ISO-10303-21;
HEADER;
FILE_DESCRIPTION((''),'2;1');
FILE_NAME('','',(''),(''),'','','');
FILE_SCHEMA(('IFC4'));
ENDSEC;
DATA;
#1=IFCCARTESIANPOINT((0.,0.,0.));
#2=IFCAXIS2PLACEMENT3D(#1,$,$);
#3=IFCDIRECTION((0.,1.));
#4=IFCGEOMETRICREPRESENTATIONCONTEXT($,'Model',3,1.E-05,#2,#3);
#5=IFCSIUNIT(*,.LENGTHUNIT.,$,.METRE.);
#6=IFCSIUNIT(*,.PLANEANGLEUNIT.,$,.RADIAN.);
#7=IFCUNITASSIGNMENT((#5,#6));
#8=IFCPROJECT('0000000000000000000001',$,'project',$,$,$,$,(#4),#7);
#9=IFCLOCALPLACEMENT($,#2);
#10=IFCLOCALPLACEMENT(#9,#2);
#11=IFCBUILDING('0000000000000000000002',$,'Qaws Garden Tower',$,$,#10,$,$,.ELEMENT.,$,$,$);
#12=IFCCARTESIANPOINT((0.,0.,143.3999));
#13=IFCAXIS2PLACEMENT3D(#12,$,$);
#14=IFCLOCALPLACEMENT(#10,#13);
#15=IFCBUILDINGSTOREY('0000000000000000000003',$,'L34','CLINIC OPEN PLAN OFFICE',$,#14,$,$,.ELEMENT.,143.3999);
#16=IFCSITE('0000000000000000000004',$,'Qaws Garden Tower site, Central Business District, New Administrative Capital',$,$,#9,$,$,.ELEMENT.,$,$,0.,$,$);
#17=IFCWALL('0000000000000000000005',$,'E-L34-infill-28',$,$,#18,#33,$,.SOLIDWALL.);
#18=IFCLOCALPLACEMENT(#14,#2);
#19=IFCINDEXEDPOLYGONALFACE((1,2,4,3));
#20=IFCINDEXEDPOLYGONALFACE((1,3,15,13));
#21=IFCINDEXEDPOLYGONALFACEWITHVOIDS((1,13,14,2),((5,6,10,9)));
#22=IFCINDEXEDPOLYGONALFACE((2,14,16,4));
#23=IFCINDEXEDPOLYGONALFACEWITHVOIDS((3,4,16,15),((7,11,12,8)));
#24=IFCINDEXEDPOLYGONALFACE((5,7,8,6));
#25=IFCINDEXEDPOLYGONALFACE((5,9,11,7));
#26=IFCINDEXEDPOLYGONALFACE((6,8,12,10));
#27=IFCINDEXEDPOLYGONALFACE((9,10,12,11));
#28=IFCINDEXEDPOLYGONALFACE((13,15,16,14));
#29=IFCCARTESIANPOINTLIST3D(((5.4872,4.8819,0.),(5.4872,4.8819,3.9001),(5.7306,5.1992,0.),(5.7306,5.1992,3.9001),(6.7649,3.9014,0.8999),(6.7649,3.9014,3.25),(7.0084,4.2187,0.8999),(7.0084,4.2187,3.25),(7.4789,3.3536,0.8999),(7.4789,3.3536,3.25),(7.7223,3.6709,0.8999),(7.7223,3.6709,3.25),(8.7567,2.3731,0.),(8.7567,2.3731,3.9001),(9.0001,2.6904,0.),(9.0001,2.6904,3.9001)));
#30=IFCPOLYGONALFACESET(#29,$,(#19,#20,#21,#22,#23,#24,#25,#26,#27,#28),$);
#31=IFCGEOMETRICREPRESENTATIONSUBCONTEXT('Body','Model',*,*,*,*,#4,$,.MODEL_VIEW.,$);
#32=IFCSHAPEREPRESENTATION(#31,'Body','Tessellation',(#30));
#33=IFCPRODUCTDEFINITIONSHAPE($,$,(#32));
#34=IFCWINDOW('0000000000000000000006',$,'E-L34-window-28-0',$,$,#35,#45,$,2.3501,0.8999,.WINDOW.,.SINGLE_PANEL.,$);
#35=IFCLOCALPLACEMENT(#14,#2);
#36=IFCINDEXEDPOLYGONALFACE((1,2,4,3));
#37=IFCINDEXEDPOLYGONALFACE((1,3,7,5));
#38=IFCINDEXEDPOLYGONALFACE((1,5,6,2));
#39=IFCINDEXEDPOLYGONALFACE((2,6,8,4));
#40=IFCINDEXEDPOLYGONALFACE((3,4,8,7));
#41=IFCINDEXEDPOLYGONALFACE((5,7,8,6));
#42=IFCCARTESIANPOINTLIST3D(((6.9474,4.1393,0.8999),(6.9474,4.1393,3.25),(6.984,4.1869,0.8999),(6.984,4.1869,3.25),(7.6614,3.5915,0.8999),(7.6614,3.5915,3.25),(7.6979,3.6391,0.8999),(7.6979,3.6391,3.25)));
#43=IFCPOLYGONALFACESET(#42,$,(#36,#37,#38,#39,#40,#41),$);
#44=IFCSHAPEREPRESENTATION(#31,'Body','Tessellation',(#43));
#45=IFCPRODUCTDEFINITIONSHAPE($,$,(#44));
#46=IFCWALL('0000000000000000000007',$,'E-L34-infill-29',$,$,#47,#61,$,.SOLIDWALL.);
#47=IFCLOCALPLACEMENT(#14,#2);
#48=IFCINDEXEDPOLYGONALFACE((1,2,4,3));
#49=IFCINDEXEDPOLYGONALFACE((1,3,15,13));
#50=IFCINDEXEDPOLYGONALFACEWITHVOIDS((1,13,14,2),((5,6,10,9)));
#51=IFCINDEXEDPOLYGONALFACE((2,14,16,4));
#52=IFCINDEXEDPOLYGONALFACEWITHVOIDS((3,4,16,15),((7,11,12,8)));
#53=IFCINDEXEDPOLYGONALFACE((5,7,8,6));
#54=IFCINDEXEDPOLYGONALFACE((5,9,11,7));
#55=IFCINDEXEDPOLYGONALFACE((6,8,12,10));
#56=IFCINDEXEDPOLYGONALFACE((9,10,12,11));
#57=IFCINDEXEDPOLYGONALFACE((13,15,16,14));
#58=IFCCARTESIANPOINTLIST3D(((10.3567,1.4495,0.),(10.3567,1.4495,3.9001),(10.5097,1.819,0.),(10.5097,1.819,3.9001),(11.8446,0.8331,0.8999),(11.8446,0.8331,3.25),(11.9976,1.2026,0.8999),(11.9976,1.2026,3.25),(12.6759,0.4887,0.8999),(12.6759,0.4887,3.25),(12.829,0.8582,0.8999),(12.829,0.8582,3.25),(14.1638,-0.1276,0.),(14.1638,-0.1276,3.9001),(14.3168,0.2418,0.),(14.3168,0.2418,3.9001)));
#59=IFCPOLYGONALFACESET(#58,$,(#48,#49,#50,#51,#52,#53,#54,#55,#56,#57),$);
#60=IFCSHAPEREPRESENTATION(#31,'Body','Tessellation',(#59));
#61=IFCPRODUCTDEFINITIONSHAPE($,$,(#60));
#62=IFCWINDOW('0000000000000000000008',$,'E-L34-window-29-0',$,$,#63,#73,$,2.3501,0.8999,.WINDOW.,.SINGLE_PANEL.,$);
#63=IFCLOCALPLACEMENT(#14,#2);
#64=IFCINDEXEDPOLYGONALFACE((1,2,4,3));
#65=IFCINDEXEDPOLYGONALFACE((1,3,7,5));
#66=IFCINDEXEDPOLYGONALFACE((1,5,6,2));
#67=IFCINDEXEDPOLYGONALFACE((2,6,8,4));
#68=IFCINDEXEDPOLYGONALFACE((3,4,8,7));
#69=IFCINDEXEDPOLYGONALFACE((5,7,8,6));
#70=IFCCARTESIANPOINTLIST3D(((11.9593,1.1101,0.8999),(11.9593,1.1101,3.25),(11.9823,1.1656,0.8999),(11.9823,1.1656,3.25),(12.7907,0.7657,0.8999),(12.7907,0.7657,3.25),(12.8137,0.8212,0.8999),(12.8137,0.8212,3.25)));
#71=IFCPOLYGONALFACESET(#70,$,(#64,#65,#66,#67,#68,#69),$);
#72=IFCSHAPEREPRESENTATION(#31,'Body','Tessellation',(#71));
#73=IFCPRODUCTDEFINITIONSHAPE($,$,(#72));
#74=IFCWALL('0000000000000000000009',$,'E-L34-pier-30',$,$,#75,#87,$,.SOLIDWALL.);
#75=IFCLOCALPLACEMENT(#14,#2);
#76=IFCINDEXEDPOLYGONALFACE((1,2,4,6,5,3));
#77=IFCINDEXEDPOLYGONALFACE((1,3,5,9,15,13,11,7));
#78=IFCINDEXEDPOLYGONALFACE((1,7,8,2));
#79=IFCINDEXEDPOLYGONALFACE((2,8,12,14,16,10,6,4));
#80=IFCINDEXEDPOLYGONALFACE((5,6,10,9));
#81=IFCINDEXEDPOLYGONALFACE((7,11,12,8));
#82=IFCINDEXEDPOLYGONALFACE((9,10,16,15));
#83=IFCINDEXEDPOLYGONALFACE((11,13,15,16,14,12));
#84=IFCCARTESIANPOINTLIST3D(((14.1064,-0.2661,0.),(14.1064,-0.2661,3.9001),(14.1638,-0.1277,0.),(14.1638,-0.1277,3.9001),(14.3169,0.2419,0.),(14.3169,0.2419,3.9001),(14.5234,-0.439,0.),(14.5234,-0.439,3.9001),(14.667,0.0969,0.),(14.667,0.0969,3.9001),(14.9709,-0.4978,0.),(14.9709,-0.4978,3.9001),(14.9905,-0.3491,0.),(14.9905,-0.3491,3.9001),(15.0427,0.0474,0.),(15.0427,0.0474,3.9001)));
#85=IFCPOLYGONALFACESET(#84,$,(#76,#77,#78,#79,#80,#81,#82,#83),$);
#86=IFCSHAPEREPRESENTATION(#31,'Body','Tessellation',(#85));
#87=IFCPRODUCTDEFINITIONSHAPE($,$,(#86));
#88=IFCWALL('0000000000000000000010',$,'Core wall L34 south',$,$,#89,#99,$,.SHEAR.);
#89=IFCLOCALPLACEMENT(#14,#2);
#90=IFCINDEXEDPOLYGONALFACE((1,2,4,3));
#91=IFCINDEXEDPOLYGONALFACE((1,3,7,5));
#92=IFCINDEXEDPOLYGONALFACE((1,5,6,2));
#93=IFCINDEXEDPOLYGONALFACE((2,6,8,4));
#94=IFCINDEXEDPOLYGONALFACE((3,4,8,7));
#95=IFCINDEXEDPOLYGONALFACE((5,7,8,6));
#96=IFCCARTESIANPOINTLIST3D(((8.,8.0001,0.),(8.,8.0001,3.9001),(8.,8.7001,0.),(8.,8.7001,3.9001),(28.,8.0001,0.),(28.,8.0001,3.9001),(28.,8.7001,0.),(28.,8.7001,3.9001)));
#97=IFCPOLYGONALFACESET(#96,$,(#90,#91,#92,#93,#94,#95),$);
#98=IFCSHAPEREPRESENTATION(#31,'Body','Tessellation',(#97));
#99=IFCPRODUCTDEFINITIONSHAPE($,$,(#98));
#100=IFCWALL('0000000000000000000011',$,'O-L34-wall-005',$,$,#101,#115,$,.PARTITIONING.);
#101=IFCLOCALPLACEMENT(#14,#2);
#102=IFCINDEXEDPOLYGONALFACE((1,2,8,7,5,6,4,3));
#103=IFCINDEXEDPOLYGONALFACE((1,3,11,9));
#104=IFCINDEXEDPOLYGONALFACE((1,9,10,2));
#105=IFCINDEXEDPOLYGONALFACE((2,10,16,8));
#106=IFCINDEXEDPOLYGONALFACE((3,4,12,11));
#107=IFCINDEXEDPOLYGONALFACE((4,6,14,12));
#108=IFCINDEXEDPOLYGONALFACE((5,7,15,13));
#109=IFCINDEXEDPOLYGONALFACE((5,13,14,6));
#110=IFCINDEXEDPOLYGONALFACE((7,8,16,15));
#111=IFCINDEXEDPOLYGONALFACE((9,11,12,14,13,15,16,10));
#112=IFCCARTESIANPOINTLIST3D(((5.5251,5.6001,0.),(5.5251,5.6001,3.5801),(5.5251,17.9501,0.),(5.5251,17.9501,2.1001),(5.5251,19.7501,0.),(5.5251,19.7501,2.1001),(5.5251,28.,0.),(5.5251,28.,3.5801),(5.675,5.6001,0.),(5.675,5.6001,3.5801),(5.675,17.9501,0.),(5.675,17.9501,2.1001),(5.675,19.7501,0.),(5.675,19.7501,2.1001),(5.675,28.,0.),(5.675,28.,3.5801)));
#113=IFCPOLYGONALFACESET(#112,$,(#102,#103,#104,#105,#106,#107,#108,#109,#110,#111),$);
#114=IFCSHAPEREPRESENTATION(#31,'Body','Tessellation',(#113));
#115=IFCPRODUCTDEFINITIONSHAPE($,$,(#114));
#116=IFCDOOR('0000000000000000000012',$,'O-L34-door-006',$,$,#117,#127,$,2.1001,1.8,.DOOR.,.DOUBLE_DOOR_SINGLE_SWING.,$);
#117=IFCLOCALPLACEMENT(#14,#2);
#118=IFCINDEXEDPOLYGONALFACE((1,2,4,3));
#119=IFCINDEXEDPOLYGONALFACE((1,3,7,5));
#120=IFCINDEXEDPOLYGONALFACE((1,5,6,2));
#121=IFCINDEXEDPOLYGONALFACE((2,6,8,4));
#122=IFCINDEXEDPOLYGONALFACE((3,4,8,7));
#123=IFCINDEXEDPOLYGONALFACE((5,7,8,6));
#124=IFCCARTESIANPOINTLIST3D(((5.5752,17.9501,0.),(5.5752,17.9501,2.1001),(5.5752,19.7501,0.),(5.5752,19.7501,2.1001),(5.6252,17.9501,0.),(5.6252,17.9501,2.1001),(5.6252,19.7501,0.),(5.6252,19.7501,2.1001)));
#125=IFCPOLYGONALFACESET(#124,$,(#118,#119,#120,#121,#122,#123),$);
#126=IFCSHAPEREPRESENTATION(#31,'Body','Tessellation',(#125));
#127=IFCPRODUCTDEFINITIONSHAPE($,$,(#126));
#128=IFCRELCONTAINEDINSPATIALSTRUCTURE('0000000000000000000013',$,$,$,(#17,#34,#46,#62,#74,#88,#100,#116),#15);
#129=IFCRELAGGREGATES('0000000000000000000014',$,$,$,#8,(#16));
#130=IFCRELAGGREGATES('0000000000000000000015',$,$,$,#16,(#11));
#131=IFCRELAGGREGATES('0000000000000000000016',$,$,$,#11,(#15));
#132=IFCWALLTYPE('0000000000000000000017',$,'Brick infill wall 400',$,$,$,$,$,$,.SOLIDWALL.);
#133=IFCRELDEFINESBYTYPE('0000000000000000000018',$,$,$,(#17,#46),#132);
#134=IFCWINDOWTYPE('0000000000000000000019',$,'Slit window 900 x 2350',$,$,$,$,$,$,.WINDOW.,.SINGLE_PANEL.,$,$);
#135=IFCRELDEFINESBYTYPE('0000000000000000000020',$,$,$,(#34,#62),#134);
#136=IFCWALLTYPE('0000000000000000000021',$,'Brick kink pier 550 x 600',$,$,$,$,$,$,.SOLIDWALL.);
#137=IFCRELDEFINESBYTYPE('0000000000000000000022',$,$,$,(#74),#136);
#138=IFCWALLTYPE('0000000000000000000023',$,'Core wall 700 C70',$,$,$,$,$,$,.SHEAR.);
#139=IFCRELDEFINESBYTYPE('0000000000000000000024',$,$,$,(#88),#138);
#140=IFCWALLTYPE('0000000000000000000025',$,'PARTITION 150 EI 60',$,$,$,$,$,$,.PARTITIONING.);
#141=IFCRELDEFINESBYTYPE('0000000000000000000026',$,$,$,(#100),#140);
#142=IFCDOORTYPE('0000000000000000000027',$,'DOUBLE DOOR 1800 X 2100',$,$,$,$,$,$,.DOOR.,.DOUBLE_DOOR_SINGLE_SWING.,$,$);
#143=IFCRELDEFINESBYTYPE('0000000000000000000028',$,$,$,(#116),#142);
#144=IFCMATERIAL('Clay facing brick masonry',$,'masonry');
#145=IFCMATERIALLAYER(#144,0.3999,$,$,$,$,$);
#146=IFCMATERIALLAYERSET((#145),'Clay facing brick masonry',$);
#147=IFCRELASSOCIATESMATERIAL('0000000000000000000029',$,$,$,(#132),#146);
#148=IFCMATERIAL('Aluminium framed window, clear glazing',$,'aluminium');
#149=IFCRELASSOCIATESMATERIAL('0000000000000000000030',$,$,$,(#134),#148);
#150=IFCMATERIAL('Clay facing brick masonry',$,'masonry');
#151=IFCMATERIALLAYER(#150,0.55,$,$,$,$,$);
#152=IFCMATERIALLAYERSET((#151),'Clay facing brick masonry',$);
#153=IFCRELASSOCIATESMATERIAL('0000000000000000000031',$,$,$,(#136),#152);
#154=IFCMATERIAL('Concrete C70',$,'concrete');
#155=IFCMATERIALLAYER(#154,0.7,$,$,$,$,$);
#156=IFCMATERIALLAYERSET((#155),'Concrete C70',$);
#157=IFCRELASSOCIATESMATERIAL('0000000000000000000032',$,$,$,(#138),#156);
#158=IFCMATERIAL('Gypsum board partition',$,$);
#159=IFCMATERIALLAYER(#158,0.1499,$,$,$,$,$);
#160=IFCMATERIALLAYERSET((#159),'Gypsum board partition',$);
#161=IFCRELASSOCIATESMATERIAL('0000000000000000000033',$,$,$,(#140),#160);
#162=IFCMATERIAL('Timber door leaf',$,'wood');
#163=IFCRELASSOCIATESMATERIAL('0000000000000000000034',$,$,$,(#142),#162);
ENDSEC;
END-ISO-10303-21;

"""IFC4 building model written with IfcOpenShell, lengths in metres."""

from ifc_helpers import new_model, si_unit, direction, frame, frame_2d, origin, place, context, subcontext, project, spatial, polyline, rectangle, outline, extrude, material, layer, layer_set, type_object, element, fill, save


model = new_model("IFC4")

# Units and contexts
model_context = context("Model", 3, precision=1e-05, world=origin(), true_north=direction((0.0, 1.0)))
body_context = subcontext(model_context, "Body", "Model", "MODEL_VIEW")
ifc_project = project(units=[si_unit("LENGTHUNIT", "METRE"), si_unit("PLANEANGLEUNIT", "RADIAN")], contexts=[model_context])

# Site, building, storey
site_placement = place(None, origin())
site = spatial("IfcSite", under=ifc_project, at=site_placement, Name="Qaws Garden Tower site, Central Business District, New Administrative Capital", CompositionType="ELEMENT", RefElevation=0.0)
building_placement = place(site_placement, origin())
building = spatial("IfcBuilding", under=site, at=building_placement, Name="Qaws Garden Tower", CompositionType="ELEMENT")
storey_placement = place(building_placement, frame((0.0, 0.0, 143.3999)))
storey = spatial("IfcBuildingStorey", under=building, at=storey_placement, Name="L34", Description="CLINIC OPEN PLAN OFFICE", CompositionType="ELEMENT", Elevation=143.3999)

# Shared definitions
placement_1 = place(storey_placement, origin())

# Walls, openings, windows
ifc_material_1 = material(Name="Clay facing brick masonry", Category="masonry")
ifc_layer_1 = layer(ifc_material_1, 0.3999)
ifc_layer_set_1 = layer_set([ifc_layer_1], Name="Clay facing brick masonry")
wall_type_1 = type_object("IfcWallType", Name="Brick infill wall 400", PredefinedType="SOLIDWALL", material=ifc_layer_set_1)
ifc_material_2 = material(Name="Aluminium framed window, clear glazing", Category="aluminium")
window_type = type_object("IfcWindowType", Name="Slit window 900 x 2350", PartitioningType="SINGLE_PANEL", PredefinedType="WINDOW", material=ifc_material_2)
wall_1_placement = place(storey_placement, frame((5.6089, 5.0405, 0.0), z_axis=(0.0, 0.0, 1.0), x_axis=(0.793355, -0.60876, 0.0)))
wall_1 = element("IfcWall", 1, at=wall_1_placement, inside=storey, type_object=wall_type_1, Name="E-L34-infill-28", PredefinedType="SOLIDWALL", context=body_context, shape_type="SweptSolid", body=[
    extrude(rectangle(XDim=4.1211, YDim=0.3999, at=frame_2d((2.0605, 0.0))), origin(), (0.0, 0.0, 1.0), 3.9001),
])
opening_1_placement = place(wall_1_placement, frame((1.6106, 0.0, 0.8999)))
opening_1 = element("IfcOpeningElement", 2, at=opening_1_placement, cuts=wall_1, PredefinedType="OPENING", context=body_context, shape_type="SweptSolid", body=[
    extrude(rectangle(XDim=0.8999, YDim=2.3501, at=frame_2d((0.45, 1.175))), frame((0.0, 0.21, 0.0), z_axis=(0.0, -1.0, 0.0), x_axis=(1.0, 0.0, 0.0)), (0.0, 0.0, 1.0), 0.4199),
])
window_1_placement = place(opening_1_placement, origin())
window_1 = element("IfcWindow", 3, at=window_1_placement, inside=storey, type_object=window_type, Name="E-L34-window-28-0", OverallHeight=2.3501, OverallWidth=0.8999, PartitioningType="SINGLE_PANEL", PredefinedType="WINDOW", context=body_context, shape_type="SweptSolid", body=[
    extrude(rectangle(XDim=0.8999, YDim=2.3501, at=frame_2d((0.45, 1.175))), frame((0.0, 0.1599, 0.0), z_axis=(0.0, -1.0, 0.0), x_axis=(1.0, 0.0, 0.0)), (0.0, 0.0, 1.0), 0.0601),
])
fill(opening_1, window_1)
wall_2_placement = place(storey_placement, frame((10.4331, 1.6343, 0.0), z_axis=(0.0, 0.0, 1.0), x_axis=(0.923864, -0.382722, 0.0)))
wall_2 = element("IfcWall", 4, at=wall_2_placement, inside=storey, type_object=wall_type_1, Name="E-L34-infill-29", PredefinedType="SOLIDWALL", context=body_context, shape_type="SweptSolid", body=[
    extrude(rectangle(XDim=4.1208, YDim=0.3999, at=frame_2d((2.0605, 0.0))), origin(), (0.0, 0.0, 1.0), 3.9001),
])
opening_2_placement = place(wall_2_placement, frame((1.6106, 0.0, 0.8999)))
opening_2 = element("IfcOpeningElement", 5, at=opening_2_placement, cuts=wall_2, PredefinedType="OPENING", context=body_context, shape_type="SweptSolid", body=[
    extrude(rectangle(XDim=0.8999, YDim=2.3501, at=frame_2d((0.45, 1.175))), frame((0.0, 0.21, 0.0), z_axis=(0.0, -1.0, 0.0), x_axis=(1.0, 0.0, 0.0)), (0.0, 0.0, 1.0), 0.4199),
])
window_2_placement = place(opening_2_placement, origin())
window_2 = element("IfcWindow", 6, at=window_2_placement, inside=storey, type_object=window_type, Name="E-L34-window-29-0", OverallHeight=2.3501, OverallWidth=0.8999, PartitioningType="SINGLE_PANEL", PredefinedType="WINDOW", context=body_context, shape_type="SweptSolid", body=[
    extrude(rectangle(XDim=0.8999, YDim=2.3501, at=frame_2d((0.45, 1.175))), frame((0.0, 0.1599, 0.0), z_axis=(0.0, -1.0, 0.0), x_axis=(1.0, 0.0, 0.0)), (0.0, 0.0, 1.0), 0.0601),
])
fill(opening_2, window_2)

# Walls
ifc_material_3 = material(Name="Clay facing brick masonry", Category="masonry")
ifc_layer_2 = layer(ifc_material_3, 0.55)
ifc_layer_set_2 = layer_set([ifc_layer_2], Name="Clay facing brick masonry")
wall_type_2 = type_object("IfcWallType", Name="Brick kink pier 550 x 600", PredefinedType="SOLIDWALL", material=ifc_layer_set_2)
element("IfcWall", 7, at=placement_1, inside=storey, type_object=wall_type_2, Name="E-L34-pier-30", PredefinedType="SOLIDWALL", context=body_context, shape_type="SweptSolid", body=[
    extrude(outline(polyline([(14.1638, -0.1277), (14.1064, -0.2661), (14.5234, -0.439), (14.9709, -0.4978), (14.9905, -0.3491), (15.0427, 0.0474), (14.667, 0.0969), (14.3169, 0.2419), (14.1638, -0.1277)])), origin(), (0.0, 0.0, 1.0), 3.9001),
])
ifc_material_4 = material(Name="Concrete C70", Category="concrete")
ifc_layer_3 = layer(ifc_material_4, 0.7)
ifc_layer_set_3 = layer_set([ifc_layer_3], Name="Concrete C70")
wall_type_3 = type_object("IfcWallType", Name="Core wall 700 C70", PredefinedType="SHEAR", material=ifc_layer_set_3)
wall_3_placement = place(storey_placement, frame((8.0, 8.3501, 0.0), z_axis=(0.0, 0.0, 1.0), x_axis=(1.0, 0.0, 0.0)))
element("IfcWall", 8, at=wall_3_placement, inside=storey, type_object=wall_type_3, Name="Core wall L34 south", PredefinedType="SHEAR", context=body_context, shape_type="SweptSolid", body=[
    extrude(rectangle(XDim=20.0, YDim=0.7, at=frame_2d((10.0, 0.0))), origin(), (0.0, 0.0, 1.0), 3.9001),
])

# Wall, opening, door
ifc_material_5 = material(Name="Gypsum board partition")
ifc_layer_4 = layer(ifc_material_5, 0.1499)
ifc_layer_set_4 = layer_set([ifc_layer_4], Name="Gypsum board partition")
wall_type_4 = type_object("IfcWallType", Name="PARTITION 150 EI 60", PredefinedType="PARTITIONING", material=ifc_layer_set_4)
wall_4_placement = place(storey_placement, frame((5.6001, 5.6001, 0.0), z_axis=(0.0, 0.0, 1.0), x_axis=(0.0, 1.0, 0.0)))
wall_4 = element("IfcWall", 9, at=wall_4_placement, inside=storey, type_object=wall_type_4, Name="O-L34-wall-005", PredefinedType="PARTITIONING", context=body_context, shape_type="SweptSolid", body=[
    extrude(rectangle(XDim=22.3999, YDim=0.1499, at=frame_2d((11.2, 0.0))), origin(), (0.0, 0.0, 1.0), 3.5801),
])
opening_3_placement = place(wall_4_placement, frame((12.3501, 0.0, 0.0)))
opening_3 = element("IfcOpeningElement", 10, at=opening_3_placement, cuts=wall_4, PredefinedType="OPENING", context=body_context, shape_type="SweptSolid", body=[
    extrude(rectangle(XDim=1.8, YDim=2.1001, at=frame_2d((0.8999, 1.05))), frame((0.0, 0.085, 0.0), z_axis=(0.0, -1.0, 0.0), x_axis=(1.0, 0.0, 0.0)), (0.0, 0.0, 1.0), 0.1699),
])
ifc_material_6 = material(Name="Timber door leaf", Category="wood")
door_type_1 = type_object("IfcDoorType", Name="DOUBLE DOOR 1800 X 2100", OperationType="DOUBLE_DOOR_SINGLE_SWING", PredefinedType="DOOR", material=ifc_material_6)
door_1_placement = place(opening_3_placement, origin())
door_1 = element("IfcDoor", 11, at=door_1_placement, inside=storey, type_object=door_type_1, Name="O-L34-door-006", OperationType="DOUBLE_DOOR_SINGLE_SWING", OverallHeight=2.1001, OverallWidth=1.8, PredefinedType="DOOR", context=body_context, shape_type="SweptSolid", body=[
    extrude(rectangle(XDim=1.8, YDim=2.1001, at=frame_2d((0.8999, 1.05))), frame((0.0, 0.0249, 0.0), z_axis=(0.0, -1.0, 0.0), x_axis=(1.0, 0.0, 0.0)), (0.0, 0.0, 1.0), 0.05),
])
fill(opening_3, door_1)

save(model, "model.ifc")
